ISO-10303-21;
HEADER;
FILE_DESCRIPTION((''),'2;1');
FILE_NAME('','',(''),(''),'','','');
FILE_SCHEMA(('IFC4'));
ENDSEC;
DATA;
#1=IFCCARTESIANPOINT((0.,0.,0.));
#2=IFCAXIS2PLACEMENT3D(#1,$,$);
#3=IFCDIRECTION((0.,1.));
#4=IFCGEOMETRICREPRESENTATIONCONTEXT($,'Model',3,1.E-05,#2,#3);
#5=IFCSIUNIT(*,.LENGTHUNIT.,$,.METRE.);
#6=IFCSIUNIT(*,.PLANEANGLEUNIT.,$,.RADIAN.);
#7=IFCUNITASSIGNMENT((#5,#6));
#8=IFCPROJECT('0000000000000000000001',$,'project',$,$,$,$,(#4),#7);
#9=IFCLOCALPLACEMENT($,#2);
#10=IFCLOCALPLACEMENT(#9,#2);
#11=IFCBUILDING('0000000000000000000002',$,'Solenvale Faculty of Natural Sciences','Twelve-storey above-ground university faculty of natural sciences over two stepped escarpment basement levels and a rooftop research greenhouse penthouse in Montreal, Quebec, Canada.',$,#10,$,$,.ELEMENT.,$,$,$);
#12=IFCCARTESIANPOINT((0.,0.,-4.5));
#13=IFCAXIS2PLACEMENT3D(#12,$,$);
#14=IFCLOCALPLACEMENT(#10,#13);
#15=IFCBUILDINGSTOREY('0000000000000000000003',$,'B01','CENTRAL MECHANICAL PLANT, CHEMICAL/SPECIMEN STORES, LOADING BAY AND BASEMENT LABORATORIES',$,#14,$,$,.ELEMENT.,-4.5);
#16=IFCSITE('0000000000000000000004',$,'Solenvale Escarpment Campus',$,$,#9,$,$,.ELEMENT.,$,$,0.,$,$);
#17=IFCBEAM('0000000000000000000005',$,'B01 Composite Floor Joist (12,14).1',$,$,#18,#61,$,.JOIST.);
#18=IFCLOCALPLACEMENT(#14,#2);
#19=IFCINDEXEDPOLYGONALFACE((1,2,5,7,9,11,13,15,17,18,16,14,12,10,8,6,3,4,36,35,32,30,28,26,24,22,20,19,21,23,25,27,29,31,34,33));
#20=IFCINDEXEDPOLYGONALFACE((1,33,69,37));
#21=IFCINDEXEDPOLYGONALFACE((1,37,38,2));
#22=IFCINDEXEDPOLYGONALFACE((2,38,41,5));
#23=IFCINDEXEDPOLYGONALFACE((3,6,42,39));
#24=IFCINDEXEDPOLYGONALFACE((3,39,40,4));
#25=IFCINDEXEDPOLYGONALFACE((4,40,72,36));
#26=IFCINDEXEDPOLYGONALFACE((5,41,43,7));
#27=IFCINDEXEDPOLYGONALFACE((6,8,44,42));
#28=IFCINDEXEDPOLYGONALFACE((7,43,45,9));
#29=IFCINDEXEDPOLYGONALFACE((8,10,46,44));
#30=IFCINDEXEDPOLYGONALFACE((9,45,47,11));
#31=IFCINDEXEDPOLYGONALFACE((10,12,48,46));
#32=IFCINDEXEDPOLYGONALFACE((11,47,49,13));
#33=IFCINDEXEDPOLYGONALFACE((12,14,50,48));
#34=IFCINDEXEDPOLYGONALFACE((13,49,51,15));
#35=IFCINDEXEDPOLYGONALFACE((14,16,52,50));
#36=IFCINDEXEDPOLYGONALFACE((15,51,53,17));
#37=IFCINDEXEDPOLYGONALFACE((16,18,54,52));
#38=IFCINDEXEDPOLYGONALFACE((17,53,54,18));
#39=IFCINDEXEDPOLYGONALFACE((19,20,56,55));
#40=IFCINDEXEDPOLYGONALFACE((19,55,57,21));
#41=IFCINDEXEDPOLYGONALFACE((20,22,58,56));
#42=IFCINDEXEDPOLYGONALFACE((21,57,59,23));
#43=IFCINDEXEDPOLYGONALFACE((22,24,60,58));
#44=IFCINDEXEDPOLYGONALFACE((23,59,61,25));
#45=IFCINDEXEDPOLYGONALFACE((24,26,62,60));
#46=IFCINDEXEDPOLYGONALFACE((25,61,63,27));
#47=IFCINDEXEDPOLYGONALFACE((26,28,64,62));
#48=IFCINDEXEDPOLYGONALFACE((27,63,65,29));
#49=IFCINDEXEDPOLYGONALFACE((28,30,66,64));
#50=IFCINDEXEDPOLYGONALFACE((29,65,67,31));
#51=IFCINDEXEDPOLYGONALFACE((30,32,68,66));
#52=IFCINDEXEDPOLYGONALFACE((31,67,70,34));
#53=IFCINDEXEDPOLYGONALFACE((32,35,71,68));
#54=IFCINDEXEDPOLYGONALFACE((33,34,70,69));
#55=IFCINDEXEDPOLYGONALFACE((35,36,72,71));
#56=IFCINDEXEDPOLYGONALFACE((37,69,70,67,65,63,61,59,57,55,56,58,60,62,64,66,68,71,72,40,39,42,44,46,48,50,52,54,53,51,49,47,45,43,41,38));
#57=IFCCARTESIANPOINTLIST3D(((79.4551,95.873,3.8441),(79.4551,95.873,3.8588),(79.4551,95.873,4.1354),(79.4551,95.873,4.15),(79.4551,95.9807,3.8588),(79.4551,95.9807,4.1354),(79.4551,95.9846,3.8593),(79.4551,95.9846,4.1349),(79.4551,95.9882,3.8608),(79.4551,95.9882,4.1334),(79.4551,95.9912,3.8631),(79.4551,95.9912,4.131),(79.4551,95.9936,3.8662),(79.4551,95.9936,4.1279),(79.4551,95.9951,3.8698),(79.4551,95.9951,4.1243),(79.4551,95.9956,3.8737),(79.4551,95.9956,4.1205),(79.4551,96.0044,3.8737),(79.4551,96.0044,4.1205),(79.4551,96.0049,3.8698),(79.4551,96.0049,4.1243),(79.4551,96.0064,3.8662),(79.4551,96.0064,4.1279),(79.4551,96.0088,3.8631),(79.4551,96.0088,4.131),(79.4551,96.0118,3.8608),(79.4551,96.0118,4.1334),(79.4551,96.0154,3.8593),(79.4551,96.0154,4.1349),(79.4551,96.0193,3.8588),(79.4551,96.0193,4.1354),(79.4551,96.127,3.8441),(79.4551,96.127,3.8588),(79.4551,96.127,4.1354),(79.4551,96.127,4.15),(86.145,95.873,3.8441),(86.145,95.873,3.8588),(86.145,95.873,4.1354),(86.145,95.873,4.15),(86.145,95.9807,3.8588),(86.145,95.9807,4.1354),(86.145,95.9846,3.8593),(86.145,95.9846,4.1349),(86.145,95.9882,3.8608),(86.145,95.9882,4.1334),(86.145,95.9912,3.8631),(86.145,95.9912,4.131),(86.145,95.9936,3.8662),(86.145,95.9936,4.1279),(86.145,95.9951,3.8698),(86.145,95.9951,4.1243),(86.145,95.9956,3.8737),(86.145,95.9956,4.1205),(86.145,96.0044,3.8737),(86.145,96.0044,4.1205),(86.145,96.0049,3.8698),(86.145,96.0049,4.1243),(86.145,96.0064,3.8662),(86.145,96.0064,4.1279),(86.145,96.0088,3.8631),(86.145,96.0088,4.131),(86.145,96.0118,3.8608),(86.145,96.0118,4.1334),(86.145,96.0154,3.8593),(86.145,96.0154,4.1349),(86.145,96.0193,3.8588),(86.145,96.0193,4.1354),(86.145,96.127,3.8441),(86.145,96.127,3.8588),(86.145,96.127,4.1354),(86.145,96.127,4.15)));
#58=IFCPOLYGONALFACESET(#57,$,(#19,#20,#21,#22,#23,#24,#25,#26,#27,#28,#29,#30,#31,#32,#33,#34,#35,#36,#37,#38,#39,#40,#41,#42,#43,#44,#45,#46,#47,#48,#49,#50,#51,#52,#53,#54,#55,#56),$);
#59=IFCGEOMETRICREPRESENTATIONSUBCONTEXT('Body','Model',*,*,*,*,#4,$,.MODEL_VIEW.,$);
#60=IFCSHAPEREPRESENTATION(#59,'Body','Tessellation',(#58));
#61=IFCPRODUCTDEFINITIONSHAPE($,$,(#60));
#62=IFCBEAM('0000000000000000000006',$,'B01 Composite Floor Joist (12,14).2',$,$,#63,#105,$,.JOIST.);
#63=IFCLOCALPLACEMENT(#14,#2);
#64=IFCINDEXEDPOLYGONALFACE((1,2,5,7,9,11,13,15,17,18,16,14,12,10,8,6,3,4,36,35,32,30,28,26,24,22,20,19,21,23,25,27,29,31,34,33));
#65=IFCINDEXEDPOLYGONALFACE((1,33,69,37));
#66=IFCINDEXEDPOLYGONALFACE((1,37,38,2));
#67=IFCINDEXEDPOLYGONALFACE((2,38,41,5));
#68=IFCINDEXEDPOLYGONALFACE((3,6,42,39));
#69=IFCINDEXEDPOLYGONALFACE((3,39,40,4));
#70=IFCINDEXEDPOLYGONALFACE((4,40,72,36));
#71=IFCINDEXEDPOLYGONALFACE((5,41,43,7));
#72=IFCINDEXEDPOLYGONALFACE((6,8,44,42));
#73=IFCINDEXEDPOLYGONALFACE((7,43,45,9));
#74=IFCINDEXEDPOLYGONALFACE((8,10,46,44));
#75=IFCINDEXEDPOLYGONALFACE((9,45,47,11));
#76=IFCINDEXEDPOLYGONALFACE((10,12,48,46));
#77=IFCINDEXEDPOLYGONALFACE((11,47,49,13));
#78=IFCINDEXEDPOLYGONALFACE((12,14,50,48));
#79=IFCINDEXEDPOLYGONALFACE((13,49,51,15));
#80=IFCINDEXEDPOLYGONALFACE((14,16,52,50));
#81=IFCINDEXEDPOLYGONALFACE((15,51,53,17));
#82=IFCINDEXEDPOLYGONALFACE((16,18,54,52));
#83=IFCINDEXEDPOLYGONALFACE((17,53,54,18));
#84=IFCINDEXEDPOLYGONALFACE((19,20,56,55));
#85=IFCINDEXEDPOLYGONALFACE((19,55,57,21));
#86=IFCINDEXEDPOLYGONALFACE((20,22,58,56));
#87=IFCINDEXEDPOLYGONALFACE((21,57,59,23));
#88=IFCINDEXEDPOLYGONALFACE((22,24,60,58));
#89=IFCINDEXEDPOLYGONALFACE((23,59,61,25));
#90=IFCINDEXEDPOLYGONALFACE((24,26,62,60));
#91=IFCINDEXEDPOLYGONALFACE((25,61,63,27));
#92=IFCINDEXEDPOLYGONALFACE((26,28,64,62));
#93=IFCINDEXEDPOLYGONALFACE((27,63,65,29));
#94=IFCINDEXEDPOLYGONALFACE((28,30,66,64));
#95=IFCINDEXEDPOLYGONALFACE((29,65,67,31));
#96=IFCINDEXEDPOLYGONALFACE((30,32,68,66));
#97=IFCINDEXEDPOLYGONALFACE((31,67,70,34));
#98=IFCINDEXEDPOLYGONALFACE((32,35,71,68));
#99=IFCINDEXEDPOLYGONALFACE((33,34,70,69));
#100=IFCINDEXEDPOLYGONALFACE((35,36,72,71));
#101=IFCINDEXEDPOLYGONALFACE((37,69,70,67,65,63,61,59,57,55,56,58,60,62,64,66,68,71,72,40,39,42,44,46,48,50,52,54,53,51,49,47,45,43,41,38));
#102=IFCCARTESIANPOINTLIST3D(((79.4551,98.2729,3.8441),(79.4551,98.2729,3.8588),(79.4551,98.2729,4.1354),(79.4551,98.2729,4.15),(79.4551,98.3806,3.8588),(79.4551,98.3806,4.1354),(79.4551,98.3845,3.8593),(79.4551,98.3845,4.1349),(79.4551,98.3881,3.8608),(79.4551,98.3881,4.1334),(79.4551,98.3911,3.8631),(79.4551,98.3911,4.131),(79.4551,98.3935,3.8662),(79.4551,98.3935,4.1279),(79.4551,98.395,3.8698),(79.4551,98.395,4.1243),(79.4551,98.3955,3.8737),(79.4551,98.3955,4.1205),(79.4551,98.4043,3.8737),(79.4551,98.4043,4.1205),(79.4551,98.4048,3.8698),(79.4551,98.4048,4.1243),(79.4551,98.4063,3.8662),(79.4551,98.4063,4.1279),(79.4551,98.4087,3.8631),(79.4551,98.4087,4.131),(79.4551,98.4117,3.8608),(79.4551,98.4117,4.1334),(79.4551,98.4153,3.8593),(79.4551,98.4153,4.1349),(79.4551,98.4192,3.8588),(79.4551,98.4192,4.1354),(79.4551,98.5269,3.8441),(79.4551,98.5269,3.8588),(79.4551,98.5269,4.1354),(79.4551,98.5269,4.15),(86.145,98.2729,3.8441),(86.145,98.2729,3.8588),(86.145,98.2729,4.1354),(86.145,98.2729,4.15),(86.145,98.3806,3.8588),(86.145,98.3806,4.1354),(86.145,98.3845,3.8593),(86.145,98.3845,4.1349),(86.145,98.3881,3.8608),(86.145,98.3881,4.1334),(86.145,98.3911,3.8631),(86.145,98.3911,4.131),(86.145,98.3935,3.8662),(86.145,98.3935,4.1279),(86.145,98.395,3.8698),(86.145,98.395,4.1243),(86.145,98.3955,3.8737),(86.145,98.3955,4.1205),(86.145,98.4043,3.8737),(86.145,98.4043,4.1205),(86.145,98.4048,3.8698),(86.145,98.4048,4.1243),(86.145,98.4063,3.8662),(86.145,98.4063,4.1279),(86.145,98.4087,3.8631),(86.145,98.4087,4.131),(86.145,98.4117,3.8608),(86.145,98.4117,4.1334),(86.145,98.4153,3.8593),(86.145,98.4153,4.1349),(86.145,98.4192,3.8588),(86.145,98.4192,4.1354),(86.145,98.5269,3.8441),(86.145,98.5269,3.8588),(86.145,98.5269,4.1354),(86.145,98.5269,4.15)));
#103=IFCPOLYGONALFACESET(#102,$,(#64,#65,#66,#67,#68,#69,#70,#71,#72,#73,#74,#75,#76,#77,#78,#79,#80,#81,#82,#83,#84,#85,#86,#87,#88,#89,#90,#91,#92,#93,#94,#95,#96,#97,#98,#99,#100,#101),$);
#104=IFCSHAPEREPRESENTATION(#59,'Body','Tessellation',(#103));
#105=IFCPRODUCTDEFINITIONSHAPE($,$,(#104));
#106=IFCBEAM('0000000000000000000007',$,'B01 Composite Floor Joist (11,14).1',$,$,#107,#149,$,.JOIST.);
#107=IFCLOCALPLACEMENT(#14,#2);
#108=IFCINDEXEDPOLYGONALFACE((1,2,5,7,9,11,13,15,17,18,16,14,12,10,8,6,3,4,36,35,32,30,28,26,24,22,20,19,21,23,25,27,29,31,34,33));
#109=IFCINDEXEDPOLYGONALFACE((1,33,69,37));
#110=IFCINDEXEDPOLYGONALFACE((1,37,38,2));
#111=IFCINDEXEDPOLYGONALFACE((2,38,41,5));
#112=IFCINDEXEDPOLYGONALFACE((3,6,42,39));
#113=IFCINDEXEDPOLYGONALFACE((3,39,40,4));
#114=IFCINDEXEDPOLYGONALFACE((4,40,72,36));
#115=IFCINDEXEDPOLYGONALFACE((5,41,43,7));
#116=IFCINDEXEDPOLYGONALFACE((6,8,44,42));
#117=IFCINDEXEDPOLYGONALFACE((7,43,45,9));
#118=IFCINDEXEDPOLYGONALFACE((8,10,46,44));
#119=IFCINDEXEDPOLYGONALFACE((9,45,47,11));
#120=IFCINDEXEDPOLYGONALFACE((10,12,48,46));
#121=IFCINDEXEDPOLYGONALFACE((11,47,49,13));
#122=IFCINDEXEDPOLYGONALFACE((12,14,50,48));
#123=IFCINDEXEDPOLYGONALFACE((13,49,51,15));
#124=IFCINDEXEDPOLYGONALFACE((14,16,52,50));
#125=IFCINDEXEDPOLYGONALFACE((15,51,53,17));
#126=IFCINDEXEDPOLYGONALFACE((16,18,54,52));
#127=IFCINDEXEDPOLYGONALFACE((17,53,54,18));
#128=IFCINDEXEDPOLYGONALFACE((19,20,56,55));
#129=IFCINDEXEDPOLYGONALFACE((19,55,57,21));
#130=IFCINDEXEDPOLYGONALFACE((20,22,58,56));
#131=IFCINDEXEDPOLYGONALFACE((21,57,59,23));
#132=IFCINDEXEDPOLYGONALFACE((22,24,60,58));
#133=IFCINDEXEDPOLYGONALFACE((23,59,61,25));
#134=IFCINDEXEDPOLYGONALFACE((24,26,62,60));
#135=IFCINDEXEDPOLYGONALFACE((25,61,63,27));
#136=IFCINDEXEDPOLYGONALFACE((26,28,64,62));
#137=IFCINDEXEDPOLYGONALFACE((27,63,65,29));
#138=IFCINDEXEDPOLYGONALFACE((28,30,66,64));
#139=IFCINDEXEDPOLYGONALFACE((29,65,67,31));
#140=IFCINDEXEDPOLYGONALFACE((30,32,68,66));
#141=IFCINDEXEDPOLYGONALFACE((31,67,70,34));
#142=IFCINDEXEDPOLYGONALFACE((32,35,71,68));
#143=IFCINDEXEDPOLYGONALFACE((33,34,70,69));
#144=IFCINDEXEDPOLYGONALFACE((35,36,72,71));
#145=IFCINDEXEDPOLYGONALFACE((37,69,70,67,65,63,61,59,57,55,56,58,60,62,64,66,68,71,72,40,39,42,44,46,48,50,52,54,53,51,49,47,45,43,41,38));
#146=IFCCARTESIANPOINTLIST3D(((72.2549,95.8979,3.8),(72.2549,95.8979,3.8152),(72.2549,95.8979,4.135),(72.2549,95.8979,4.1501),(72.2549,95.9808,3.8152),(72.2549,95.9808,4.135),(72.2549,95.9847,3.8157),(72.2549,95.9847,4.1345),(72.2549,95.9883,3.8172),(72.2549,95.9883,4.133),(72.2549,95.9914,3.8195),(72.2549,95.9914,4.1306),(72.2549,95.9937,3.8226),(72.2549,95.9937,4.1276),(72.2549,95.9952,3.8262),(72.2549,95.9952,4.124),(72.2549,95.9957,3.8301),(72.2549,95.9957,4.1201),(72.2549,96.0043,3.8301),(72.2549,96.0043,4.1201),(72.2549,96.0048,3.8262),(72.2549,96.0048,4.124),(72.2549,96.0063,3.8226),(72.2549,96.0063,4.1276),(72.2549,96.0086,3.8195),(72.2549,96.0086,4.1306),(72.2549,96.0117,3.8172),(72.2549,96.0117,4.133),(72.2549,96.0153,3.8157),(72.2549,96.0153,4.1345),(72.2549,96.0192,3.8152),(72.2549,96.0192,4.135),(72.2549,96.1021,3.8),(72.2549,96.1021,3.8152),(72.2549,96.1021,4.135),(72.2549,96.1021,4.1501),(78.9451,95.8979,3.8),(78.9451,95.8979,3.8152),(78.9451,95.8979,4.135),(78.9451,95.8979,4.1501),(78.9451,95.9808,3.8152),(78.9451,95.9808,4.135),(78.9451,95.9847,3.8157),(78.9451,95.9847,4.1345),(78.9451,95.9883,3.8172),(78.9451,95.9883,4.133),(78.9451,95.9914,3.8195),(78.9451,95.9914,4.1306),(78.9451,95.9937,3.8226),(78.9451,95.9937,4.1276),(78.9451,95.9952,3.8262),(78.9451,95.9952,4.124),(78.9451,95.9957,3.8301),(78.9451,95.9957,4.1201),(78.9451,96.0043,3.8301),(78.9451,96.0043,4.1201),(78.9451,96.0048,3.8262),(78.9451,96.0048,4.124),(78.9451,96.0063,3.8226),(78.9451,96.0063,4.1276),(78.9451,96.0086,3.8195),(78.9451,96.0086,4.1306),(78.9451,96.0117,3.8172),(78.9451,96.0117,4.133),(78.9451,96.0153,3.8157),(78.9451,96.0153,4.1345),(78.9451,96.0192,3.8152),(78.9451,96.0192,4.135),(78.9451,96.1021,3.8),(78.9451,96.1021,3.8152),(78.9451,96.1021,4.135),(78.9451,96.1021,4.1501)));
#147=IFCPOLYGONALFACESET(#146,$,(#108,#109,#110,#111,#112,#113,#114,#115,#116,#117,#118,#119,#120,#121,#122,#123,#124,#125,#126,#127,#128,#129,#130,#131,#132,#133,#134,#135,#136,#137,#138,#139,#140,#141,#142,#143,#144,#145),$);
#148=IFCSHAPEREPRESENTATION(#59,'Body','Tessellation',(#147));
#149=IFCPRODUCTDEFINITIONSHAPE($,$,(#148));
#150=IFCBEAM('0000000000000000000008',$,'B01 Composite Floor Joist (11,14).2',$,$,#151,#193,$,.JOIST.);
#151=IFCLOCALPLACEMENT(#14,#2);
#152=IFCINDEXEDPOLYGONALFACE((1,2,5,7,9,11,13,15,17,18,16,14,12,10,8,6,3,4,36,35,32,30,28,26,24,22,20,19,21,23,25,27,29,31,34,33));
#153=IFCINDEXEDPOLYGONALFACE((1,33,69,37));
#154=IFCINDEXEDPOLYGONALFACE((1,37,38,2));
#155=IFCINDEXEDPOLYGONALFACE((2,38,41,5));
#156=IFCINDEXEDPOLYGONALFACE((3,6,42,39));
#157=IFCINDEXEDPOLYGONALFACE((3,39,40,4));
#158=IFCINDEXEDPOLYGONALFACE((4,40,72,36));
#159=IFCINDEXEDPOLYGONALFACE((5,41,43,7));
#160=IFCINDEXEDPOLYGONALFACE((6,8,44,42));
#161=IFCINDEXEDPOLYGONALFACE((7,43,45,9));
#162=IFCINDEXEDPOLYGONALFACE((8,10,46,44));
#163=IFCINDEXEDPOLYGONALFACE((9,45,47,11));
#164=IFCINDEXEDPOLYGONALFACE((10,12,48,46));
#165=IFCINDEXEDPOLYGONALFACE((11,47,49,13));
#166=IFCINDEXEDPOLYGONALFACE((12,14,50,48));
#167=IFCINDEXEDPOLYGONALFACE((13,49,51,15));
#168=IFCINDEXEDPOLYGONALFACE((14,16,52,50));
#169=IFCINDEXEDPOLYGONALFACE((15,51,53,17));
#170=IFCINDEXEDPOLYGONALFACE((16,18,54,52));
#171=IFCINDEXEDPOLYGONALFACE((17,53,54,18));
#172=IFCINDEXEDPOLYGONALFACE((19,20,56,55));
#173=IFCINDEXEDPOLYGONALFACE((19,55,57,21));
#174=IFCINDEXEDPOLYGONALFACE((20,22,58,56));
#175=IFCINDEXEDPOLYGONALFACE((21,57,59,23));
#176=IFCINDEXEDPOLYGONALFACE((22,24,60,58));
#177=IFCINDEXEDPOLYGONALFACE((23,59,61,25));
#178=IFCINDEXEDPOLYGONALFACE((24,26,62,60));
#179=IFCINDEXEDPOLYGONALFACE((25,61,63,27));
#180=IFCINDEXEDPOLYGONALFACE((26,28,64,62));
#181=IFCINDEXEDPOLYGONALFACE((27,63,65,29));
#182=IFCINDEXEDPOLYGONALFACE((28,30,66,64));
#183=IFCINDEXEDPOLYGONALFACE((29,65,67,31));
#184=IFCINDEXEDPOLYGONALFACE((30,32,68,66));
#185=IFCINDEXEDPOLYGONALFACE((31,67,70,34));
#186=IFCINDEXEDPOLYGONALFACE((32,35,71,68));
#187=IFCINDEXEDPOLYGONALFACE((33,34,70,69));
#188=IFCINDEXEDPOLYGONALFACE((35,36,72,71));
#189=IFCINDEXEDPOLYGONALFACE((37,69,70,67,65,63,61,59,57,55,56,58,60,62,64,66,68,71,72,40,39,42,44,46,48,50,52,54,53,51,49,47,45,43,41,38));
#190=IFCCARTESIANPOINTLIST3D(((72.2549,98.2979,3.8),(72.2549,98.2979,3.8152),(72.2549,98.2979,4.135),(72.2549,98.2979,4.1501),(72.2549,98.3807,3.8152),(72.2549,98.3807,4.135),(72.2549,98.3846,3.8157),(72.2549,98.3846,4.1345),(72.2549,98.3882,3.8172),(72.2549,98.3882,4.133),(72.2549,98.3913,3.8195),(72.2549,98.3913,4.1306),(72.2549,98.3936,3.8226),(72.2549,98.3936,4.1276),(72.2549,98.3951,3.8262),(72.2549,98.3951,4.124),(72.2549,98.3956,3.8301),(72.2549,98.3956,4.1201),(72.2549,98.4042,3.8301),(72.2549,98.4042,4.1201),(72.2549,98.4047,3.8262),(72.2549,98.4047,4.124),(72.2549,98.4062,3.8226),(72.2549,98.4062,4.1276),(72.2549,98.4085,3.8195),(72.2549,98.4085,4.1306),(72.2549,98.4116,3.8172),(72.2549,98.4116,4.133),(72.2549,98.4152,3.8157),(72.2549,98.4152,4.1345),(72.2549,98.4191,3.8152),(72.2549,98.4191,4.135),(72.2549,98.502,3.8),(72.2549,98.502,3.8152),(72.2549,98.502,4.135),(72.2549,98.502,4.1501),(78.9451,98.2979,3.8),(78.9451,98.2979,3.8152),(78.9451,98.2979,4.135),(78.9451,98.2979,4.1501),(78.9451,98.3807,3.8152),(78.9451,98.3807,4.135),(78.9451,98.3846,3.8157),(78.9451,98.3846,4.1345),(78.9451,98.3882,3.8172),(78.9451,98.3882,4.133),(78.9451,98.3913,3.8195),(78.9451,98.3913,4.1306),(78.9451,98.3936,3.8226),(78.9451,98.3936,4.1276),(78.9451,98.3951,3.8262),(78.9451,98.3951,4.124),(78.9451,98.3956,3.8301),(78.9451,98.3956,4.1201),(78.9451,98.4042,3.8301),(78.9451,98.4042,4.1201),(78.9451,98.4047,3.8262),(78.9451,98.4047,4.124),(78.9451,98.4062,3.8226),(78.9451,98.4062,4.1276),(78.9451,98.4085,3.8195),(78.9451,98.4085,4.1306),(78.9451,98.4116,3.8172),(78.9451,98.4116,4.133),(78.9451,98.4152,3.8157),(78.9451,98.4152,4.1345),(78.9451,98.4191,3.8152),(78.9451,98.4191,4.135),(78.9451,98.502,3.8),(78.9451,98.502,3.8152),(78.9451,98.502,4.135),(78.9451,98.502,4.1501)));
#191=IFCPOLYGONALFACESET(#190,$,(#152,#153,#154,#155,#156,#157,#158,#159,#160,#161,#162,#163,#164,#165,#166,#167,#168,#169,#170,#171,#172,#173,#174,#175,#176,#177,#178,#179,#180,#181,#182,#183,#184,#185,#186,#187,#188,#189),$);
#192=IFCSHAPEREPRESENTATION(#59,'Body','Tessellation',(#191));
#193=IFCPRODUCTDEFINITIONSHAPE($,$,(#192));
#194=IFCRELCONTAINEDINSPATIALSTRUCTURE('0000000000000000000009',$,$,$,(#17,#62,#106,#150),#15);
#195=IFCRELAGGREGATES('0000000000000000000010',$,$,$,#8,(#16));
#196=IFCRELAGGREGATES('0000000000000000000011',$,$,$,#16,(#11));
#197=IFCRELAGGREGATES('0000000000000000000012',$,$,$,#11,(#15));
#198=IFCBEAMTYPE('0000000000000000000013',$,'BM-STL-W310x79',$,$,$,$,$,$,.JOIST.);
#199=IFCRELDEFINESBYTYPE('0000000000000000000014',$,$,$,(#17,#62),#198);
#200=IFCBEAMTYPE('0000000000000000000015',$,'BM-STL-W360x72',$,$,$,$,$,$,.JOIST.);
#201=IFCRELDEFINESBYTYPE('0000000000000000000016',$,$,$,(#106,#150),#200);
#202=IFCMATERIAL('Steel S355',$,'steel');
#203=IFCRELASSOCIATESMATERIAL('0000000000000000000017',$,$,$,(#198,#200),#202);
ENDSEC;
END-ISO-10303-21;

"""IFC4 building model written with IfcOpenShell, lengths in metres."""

from ifc_helpers import new_model, si_unit, direction, frame, origin, origin_2d, place, context, subcontext, project, spatial, i_section, extrude, material, material_profile, profile_set, type_object, element, save


model = new_model("IFC4")

# Units and contexts
model_context = context("Model", 3, precision=1e-05, world=origin(), true_north=direction((0.0, 1.0)))
body_context = subcontext(model_context, "Body", "Model", "MODEL_VIEW")
ifc_project = project(units=[si_unit("LENGTHUNIT", "METRE"), si_unit("PLANEANGLEUNIT", "RADIAN")], contexts=[model_context])

# Site, building, storey
site_placement = place(None, origin())
site = spatial("IfcSite", under=ifc_project, at=site_placement, Name="Solenvale Escarpment Campus", CompositionType="ELEMENT", RefElevation=0.0)
building_placement = place(site_placement, origin())
building = spatial("IfcBuilding", under=site, at=building_placement, Name="Solenvale Faculty of Natural Sciences", Description="Twelve-storey above-ground university faculty of natural sciences over two stepped escarpment basement levels and a rooftop research greenhouse penthouse in Montreal, Quebec, Canada.", CompositionType="ELEMENT")
storey_placement = place(building_placement, frame((0.0, 0.0, -4.5)))
storey = spatial("IfcBuildingStorey", under=building, at=storey_placement, Name="B01", Description="CENTRAL MECHANICAL PLANT, CHEMICAL/SPECIMEN STORES, LOADING BAY AND BASEMENT LABORATORIES", CompositionType="ELEMENT", Elevation=-4.5)

# Beams
ifc_material_1 = material(Name="Steel S355", Category="steel")
ifc_material_profile_1 = material_profile(ifc_material_1, i_section(OverallWidth=0.2539, OverallDepth=0.3059, WebThickness=0.0088, FlangeThickness=0.0146, FilletRadius=0.0149, at=origin_2d()), Name="W310x79")
ifc_profile_set_1 = profile_set([ifc_material_profile_1], Name="Steel S355")
beam_type_1 = type_object("IfcBeamType", Name="BM-STL-W310x79", PredefinedType="JOIST", material=ifc_profile_set_1)
for number, where, z_axis, x_axis, name in (
    (1, (79.4551, 96.0, 3.9971), (1.0, 0.0, 0.0), (0.0, 1.0, 0.0), "B01 Composite Floor Joist (12,14).1"),
    (2, (79.4551, 98.3999, 3.9971), (1.0, 0.0, 0.0), (0.0, 1.0, 0.0), "B01 Composite Floor Joist (12,14).2"),
):
    element("IfcBeam", number, at=place(storey_placement, frame(where, z_axis=z_axis, x_axis=x_axis)), inside=storey, type_object=beam_type_1, Name=name, PredefinedType="JOIST", context=body_context, shape_type="SweptSolid", body=[
        extrude(i_section(OverallWidth=0.2539, OverallDepth=0.3059, WebThickness=0.0088, FlangeThickness=0.0146, FilletRadius=0.0149, at=origin_2d()), origin(), (0.0, 0.0, 1.0), 6.6899),
    ])
ifc_material_profile_2 = material_profile(ifc_material_1, i_section(OverallWidth=0.2041, OverallDepth=0.3501, WebThickness=0.0085, FlangeThickness=0.0151, FilletRadius=0.0149, at=origin_2d()), Name="W360x72")
ifc_profile_set_2 = profile_set([ifc_material_profile_2], Name="Steel S355")
beam_type_2 = type_object("IfcBeamType", Name="BM-STL-W360x72", PredefinedType="JOIST", material=ifc_profile_set_2)
for number, where, z_axis, x_axis, name in (
    (3, (72.2549, 96.0, 3.9751), (1.0, 0.0, 0.0), (0.0, 1.0, 0.0), "B01 Composite Floor Joist (11,14).1"),
    (4, (72.2549, 98.3999, 3.9751), (1.0, 0.0, 0.0), (0.0, 1.0, 0.0), "B01 Composite Floor Joist (11,14).2"),
):
    element("IfcBeam", number, at=place(storey_placement, frame(where, z_axis=z_axis, x_axis=x_axis)), inside=storey, type_object=beam_type_2, Name=name, PredefinedType="JOIST", context=body_context, shape_type="SweptSolid", body=[
        extrude(i_section(OverallWidth=0.2041, OverallDepth=0.3501, WebThickness=0.0085, FlangeThickness=0.0151, FilletRadius=0.0149, at=origin_2d()), origin(), (0.0, 0.0, 1.0), 6.6902),
    ])

save(model, "model.ifc")
